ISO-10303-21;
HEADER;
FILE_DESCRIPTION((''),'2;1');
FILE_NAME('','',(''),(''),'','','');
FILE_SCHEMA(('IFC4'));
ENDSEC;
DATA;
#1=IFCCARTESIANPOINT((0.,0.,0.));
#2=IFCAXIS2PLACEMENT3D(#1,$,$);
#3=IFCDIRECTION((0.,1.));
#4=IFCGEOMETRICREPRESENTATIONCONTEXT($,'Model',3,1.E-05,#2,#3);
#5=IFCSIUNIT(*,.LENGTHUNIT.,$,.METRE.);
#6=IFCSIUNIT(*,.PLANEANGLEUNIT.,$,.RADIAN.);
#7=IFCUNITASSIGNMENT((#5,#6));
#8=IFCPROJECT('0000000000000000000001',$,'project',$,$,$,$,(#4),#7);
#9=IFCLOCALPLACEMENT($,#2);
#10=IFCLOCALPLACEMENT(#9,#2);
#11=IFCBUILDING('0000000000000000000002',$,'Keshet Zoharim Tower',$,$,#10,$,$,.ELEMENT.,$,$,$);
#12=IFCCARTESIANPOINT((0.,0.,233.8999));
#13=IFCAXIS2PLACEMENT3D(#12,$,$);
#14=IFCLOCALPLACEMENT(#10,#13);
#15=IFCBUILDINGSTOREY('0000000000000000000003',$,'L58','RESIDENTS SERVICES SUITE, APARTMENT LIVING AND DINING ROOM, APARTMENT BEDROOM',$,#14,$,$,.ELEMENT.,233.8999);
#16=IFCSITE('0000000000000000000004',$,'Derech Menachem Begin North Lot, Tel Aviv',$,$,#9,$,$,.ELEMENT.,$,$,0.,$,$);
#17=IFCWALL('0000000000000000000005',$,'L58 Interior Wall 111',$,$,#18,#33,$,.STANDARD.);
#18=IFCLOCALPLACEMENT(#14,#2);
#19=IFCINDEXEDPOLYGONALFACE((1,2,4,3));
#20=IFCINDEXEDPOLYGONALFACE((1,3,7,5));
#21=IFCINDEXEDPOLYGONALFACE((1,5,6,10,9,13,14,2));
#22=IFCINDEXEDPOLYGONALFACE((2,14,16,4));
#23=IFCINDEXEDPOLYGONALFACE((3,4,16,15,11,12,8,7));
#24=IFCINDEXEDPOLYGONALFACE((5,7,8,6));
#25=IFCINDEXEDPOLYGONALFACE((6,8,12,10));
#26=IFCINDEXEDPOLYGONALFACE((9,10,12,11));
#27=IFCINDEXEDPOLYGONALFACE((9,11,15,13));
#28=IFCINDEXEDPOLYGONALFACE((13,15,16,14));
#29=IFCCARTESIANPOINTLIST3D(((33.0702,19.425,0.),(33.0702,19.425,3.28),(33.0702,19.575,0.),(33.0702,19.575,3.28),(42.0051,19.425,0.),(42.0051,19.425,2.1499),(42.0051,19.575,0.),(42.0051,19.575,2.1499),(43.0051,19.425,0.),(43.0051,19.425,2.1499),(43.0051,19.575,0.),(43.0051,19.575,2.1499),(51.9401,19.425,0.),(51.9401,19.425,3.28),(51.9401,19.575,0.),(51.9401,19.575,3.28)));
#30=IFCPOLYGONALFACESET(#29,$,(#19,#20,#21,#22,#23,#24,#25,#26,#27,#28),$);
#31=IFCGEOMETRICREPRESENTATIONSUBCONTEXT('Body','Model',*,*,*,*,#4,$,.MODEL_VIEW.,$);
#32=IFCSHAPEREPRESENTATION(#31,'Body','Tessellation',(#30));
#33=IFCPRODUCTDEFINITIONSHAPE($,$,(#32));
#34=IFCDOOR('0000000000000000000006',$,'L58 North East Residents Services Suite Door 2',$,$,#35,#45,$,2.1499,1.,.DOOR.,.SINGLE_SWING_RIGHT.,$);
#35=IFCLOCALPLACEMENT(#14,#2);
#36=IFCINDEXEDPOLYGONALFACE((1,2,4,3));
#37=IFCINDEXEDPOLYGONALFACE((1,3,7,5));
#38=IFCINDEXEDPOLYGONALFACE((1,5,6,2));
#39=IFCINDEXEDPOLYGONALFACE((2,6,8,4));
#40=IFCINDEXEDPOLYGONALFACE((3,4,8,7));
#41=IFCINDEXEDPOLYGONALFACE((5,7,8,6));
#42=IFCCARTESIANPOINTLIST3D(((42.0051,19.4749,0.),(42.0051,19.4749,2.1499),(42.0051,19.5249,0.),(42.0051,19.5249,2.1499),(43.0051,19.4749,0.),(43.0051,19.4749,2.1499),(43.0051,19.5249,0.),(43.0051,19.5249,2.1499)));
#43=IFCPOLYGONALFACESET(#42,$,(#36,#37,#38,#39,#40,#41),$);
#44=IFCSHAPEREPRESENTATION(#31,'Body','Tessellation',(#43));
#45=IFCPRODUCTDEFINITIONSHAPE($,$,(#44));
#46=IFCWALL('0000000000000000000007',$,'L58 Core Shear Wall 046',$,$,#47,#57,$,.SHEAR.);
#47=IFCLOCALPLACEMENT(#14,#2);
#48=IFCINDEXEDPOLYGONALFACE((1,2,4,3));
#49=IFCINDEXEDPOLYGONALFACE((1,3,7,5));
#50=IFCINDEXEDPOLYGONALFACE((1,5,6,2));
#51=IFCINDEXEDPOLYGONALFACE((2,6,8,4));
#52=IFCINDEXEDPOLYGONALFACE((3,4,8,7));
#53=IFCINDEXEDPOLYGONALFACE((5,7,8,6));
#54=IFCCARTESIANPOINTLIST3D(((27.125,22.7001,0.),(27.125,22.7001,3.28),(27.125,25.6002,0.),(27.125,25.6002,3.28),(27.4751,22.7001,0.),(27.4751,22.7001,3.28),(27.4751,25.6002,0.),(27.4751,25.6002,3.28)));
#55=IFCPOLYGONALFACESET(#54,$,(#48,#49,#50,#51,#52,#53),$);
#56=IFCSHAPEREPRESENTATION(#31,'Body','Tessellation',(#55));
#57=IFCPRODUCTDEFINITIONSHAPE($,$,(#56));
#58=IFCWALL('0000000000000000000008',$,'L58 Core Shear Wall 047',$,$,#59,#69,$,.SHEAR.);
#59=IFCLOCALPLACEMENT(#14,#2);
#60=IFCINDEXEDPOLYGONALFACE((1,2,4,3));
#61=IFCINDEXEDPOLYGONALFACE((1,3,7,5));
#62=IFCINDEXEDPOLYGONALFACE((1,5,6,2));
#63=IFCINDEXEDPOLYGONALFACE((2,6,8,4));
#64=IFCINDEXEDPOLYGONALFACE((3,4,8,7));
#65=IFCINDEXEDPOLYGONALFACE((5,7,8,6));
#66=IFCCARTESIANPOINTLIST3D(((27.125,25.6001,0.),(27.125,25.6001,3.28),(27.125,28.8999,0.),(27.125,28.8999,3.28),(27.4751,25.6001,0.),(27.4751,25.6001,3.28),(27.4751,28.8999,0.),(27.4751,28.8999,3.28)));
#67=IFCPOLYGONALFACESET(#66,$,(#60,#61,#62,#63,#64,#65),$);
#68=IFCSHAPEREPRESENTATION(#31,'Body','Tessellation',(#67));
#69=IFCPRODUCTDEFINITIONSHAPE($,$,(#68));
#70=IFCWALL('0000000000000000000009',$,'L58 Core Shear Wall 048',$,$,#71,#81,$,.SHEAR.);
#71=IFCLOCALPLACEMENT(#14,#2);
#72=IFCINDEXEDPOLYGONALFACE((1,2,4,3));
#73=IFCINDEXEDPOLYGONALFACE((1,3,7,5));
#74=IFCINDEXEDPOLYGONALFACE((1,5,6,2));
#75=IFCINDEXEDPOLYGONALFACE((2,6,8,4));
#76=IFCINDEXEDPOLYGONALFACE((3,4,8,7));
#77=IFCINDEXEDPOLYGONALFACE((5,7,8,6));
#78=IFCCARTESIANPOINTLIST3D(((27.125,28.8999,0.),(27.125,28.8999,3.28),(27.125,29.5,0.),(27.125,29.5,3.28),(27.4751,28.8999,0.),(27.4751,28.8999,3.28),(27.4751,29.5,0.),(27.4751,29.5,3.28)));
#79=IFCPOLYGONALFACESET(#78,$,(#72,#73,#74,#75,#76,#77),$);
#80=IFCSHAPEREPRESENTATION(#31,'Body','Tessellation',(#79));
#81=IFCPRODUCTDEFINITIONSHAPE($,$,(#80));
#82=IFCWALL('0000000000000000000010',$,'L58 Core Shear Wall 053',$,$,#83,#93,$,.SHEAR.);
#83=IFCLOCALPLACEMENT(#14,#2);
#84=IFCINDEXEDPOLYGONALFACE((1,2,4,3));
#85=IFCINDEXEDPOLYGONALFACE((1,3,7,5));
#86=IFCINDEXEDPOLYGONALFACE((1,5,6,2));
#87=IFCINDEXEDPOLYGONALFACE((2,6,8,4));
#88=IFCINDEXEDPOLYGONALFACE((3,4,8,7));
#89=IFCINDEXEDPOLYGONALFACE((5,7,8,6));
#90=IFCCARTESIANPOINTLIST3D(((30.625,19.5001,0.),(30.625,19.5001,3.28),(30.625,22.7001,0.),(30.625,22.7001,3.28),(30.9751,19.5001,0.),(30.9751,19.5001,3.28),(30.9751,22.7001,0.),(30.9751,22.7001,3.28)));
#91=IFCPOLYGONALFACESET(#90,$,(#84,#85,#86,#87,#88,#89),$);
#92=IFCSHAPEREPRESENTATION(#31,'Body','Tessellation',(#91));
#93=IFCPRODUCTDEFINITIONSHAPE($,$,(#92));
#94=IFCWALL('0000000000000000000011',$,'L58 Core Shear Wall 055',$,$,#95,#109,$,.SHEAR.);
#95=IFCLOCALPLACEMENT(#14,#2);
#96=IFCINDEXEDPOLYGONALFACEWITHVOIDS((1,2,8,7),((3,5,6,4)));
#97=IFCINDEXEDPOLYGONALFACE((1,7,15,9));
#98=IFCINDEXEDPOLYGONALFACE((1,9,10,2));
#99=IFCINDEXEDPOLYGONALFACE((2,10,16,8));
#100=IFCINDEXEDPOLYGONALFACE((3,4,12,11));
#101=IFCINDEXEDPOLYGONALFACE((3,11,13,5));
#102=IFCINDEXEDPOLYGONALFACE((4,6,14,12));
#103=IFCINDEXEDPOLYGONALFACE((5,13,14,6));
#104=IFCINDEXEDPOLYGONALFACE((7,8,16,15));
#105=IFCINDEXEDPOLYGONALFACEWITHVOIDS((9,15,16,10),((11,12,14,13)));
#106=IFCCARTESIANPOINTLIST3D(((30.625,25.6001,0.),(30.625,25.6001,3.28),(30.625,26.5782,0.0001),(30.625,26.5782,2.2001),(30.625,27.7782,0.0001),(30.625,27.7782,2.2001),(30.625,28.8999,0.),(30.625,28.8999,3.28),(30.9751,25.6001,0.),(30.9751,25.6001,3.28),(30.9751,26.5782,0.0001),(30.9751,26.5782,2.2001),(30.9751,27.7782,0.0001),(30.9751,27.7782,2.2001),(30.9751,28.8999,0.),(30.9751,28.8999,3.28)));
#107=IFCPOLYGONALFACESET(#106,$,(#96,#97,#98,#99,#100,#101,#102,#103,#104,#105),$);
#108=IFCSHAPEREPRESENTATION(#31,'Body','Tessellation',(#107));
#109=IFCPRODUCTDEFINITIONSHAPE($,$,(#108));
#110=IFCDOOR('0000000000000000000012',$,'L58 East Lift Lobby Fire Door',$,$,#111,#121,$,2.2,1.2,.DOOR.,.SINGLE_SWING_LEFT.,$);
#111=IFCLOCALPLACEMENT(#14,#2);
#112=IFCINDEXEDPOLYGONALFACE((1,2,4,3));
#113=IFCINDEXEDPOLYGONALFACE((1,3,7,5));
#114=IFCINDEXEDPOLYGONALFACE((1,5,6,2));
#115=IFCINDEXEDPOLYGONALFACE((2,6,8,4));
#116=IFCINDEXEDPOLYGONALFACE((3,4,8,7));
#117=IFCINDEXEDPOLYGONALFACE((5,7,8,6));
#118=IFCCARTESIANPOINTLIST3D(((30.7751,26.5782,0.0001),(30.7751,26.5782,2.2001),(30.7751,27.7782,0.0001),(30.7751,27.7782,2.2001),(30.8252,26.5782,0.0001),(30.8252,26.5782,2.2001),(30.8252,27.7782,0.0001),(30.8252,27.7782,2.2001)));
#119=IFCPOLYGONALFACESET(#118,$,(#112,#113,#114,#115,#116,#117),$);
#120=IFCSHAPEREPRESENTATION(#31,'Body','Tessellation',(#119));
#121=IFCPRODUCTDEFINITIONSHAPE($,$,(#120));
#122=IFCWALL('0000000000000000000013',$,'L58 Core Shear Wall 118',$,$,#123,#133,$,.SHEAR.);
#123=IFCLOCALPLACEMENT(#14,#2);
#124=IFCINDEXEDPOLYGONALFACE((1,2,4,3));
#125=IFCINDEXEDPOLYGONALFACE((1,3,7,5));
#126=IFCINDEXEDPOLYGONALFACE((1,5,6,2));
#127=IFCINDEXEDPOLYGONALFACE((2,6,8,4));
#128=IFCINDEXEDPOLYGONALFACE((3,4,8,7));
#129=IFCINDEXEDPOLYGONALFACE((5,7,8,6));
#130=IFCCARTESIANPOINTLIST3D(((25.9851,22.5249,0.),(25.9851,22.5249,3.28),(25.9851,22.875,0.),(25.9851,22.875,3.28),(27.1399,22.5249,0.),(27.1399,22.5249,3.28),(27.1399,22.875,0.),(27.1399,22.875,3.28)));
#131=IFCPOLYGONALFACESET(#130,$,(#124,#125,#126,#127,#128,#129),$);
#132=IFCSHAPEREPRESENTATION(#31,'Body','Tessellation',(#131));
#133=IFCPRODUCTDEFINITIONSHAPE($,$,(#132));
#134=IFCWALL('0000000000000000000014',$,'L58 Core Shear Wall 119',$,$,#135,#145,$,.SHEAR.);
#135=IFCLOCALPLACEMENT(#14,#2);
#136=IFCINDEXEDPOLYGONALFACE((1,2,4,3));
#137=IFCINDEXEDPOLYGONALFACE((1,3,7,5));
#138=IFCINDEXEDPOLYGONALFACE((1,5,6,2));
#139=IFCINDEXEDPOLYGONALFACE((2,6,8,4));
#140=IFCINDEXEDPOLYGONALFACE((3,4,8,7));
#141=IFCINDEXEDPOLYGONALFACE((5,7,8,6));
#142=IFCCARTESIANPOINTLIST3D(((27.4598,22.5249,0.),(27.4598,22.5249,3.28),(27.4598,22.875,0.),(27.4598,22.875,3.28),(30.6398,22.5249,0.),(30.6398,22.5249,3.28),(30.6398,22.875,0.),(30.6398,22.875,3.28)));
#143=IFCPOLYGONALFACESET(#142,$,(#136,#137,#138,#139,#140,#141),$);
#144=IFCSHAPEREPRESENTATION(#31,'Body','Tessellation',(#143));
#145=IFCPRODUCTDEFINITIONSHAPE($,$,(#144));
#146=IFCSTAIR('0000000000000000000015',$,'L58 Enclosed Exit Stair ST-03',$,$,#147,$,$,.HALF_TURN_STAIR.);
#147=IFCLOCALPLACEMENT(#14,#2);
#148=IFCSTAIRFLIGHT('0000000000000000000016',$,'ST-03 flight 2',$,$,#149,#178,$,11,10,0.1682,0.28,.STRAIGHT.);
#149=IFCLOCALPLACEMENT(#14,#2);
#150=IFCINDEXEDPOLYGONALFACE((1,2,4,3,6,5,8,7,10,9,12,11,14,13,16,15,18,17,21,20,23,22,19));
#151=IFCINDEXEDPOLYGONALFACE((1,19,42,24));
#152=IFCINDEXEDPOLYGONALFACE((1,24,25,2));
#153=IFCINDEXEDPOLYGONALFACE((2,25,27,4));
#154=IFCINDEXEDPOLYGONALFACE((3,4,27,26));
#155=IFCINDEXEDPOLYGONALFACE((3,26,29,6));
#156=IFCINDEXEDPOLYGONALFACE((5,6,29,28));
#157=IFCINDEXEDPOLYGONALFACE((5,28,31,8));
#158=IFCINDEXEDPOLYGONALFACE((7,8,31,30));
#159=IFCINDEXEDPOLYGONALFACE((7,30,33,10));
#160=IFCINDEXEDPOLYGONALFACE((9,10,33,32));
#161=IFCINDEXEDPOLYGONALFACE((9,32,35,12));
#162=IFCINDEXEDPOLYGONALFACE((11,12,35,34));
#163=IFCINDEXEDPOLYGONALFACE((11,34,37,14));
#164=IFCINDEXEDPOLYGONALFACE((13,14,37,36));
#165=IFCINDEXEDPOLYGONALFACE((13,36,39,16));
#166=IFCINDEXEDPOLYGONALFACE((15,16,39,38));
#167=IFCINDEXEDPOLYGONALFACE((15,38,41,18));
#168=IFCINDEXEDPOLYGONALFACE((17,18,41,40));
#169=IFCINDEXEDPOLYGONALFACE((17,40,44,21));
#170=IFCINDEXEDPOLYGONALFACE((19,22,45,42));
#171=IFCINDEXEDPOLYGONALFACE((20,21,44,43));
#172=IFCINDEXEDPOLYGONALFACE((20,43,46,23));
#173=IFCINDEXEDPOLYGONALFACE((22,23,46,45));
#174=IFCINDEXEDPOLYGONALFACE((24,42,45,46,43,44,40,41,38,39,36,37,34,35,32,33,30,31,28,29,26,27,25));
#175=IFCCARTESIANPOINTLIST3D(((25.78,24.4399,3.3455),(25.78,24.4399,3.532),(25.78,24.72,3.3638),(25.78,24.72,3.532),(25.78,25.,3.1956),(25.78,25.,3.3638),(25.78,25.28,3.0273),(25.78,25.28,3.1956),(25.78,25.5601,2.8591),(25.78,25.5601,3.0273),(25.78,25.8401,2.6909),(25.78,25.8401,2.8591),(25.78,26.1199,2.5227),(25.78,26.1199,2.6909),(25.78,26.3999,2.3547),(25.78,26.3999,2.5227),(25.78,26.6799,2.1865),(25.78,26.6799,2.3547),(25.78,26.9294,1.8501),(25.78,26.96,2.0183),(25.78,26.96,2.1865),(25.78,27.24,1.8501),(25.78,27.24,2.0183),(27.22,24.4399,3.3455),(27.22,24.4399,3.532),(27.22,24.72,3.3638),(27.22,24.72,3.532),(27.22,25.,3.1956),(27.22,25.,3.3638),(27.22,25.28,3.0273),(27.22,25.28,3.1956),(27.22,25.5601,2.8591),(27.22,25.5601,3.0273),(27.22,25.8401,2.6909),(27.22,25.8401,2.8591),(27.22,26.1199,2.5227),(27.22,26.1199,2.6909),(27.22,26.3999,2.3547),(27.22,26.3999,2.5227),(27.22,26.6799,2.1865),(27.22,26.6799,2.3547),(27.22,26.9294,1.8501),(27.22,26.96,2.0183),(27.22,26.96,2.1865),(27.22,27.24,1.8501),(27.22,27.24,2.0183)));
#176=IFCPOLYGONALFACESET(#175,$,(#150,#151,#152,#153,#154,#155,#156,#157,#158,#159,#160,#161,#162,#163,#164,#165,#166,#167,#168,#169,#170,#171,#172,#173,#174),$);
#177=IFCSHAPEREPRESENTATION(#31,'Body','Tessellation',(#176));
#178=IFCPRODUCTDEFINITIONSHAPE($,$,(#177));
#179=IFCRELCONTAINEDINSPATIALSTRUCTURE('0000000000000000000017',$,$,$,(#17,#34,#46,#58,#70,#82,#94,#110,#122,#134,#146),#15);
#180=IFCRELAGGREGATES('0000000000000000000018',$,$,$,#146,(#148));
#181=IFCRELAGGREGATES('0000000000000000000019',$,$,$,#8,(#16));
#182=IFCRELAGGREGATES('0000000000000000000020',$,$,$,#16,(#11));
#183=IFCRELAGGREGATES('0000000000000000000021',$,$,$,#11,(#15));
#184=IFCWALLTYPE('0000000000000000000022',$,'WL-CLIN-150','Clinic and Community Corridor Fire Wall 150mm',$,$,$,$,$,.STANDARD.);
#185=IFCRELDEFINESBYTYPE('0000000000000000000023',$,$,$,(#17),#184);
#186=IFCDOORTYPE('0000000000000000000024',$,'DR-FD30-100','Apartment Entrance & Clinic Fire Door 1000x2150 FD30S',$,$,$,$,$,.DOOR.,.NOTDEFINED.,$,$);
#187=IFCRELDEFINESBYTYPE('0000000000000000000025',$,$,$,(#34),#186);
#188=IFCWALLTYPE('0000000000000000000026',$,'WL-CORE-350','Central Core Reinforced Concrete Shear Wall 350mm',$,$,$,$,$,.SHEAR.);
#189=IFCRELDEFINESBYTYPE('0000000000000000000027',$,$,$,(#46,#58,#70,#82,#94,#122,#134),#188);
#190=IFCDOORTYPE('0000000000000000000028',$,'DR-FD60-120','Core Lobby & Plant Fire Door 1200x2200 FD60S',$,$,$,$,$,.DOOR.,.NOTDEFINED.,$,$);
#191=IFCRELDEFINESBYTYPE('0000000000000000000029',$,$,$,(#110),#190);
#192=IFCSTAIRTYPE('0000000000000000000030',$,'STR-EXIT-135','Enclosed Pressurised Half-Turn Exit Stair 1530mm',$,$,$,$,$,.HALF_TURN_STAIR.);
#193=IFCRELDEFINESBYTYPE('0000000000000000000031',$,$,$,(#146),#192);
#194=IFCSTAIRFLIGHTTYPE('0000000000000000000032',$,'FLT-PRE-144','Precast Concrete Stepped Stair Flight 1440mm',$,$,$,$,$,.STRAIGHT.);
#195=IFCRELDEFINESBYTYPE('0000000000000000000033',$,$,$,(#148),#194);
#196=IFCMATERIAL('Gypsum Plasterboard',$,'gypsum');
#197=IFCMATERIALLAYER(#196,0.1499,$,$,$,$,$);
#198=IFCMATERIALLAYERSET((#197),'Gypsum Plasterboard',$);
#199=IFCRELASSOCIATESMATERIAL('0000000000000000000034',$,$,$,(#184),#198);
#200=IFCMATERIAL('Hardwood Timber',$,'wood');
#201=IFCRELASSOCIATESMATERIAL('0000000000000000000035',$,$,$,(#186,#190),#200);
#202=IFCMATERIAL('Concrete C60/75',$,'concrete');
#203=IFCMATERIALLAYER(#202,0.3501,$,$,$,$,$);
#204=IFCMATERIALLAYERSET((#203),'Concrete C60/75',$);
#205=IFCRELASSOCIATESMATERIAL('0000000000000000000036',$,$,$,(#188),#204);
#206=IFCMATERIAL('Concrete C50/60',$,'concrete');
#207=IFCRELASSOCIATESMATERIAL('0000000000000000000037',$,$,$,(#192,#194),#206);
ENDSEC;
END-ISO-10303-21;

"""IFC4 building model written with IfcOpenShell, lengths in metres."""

from ifc_helpers import new_model, si_unit, direction, frame, frame_2d, origin, place, context, subcontext, project, spatial, polyline, rectangle, outline, extrude, material, layer, layer_set, type_object, element, fill, aggregate, save


model = new_model("IFC4")

# Units and contexts
model_context = context("Model", 3, precision=1e-05, world=origin(), true_north=direction((0.0, 1.0)))
body_context = subcontext(model_context, "Body", "Model", "MODEL_VIEW")
ifc_project = project(units=[si_unit("LENGTHUNIT", "METRE"), si_unit("PLANEANGLEUNIT", "RADIAN")], contexts=[model_context])

# Site, building, storey
site_placement = place(None, origin())
site = spatial("IfcSite", under=ifc_project, at=site_placement, Name="Derech Menachem Begin North Lot, Tel Aviv", CompositionType="ELEMENT", RefElevation=0.0)
building_placement = place(site_placement, origin())
building = spatial("IfcBuilding", under=site, at=building_placement, Name="Keshet Zoharim Tower", CompositionType="ELEMENT")
storey_placement = place(building_placement, frame((0.0, 0.0, 233.8999)))
storey = spatial("IfcBuildingStorey", under=building, at=storey_placement, Name="L58", Description="RESIDENTS SERVICES SUITE, APARTMENT LIVING AND DINING ROOM, APARTMENT BEDROOM", CompositionType="ELEMENT", Elevation=233.8999)

# Shared definitions
ifc_material_1 = material(Name="Concrete C50/60", Category="concrete")

# Shared definitions
ifc_material_2 = material(Name="Gypsum Plasterboard", Category="gypsum")
ifc_layer_1 = layer(ifc_material_2, 0.1499)
ifc_layer_set_1 = layer_set([ifc_layer_1], Name="Gypsum Plasterboard")
wall_type_1 = type_object("IfcWallType", Name="WL-CLIN-150", Description="Clinic and Community Corridor Fire Wall 150mm", PredefinedType="STANDARD", material=ifc_layer_set_1)

# Wall, opening, door
ifc_material_3 = material(Name="Hardwood Timber", Category="wood")
door_type_1 = type_object("IfcDoorType", Name="DR-FD30-100", Description="Apartment Entrance & Clinic Fire Door 1000x2150 FD30S", OperationType="NOTDEFINED", PredefinedType="DOOR", material=ifc_material_3)
wall_1_placement = place(storey_placement, frame((33.0701, 19.5, 0.0), z_axis=(0.0, 0.0, 1.0), x_axis=(1.0, 0.0, 0.0)))
wall_1 = element("IfcWall", 1, at=wall_1_placement, inside=storey, type_object=wall_type_1, Name="L58 Interior Wall 111", PredefinedType="STANDARD", context=body_context, shape_type="SweptSolid", body=[
    extrude(rectangle(XDim=18.8699, YDim=0.1499, at=frame_2d((9.4351, 0.0))), origin(), (0.0, 0.0, 1.0), 3.28),
])
opening_1_placement = place(wall_1_placement, frame((8.9351, 0.0, 0.0)))
opening_1 = element("IfcOpeningElement", 2, at=opening_1_placement, cuts=wall_1, PredefinedType="OPENING", context=body_context, shape_type="SweptSolid", body=[
    extrude(rectangle(XDim=1.0, YDim=2.1499, at=frame_2d((0.5, 1.075))), frame((0.0, 0.085, 0.0), z_axis=(0.0, -1.0, 0.0), x_axis=(1.0, 0.0, 0.0)), (0.0, 0.0, 1.0), 0.1699),
])
door_1_placement = place(opening_1_placement, origin())
door_1 = element("IfcDoor", 3, at=door_1_placement, inside=storey, type_object=door_type_1, Name="L58 North East Residents Services Suite Door 2", OperationType="SINGLE_SWING_RIGHT", OverallHeight=2.1499, OverallWidth=1.0, PredefinedType="DOOR", context=body_context, shape_type="SweptSolid", body=[
    extrude(rectangle(XDim=1.0, YDim=2.1499, at=frame_2d((0.5, 1.075))), frame((0.0, 0.0249, 0.0), z_axis=(0.0, -1.0, 0.0), x_axis=(1.0, 0.0, 0.0)), (0.0, 0.0, 1.0), 0.05),
])
fill(opening_1, door_1)

# Walls
ifc_material_4 = material(Name="Concrete C60/75", Category="concrete")
ifc_layer_2 = layer(ifc_material_4, 0.3501)
ifc_layer_set_2 = layer_set([ifc_layer_2], Name="Concrete C60/75")
wall_type_2 = type_object("IfcWallType", Name="WL-CORE-350", Description="Central Core Reinforced Concrete Shear Wall 350mm", PredefinedType="SHEAR", material=ifc_layer_set_2)
wall_2_placement = place(storey_placement, frame((27.3, 22.7, 0.0), z_axis=(0.0, 0.0, 1.0), x_axis=(0.0, 1.0, 0.0)))
element("IfcWall", 4, at=wall_2_placement, inside=storey, type_object=wall_type_2, Name="L58 Core Shear Wall 046", PredefinedType="SHEAR", context=body_context, shape_type="SweptSolid", body=[
    extrude(rectangle(XDim=2.9001, YDim=0.3501, at=frame_2d((1.4502, 0.0))), origin(), (0.0, 0.0, 1.0), 3.28),
])
wall_3_placement = place(storey_placement, frame((27.3, 25.6001, 0.0), z_axis=(0.0, 0.0, 1.0), x_axis=(0.0, 1.0, 0.0)))
element("IfcWall", 5, at=wall_3_placement, inside=storey, type_object=wall_type_2, Name="L58 Core Shear Wall 047", PredefinedType="SHEAR", context=body_context, shape_type="SweptSolid", body=[
    extrude(rectangle(XDim=3.2998, YDim=0.3501, at=frame_2d((1.6499, 0.0))), origin(), (0.0, 0.0, 1.0), 3.28),
])
wall_4_placement = place(storey_placement, frame((27.3, 28.8999, 0.0), z_axis=(0.0, 0.0, 1.0), x_axis=(0.0, 1.0, 0.0)))
element("IfcWall", 6, at=wall_4_placement, inside=storey, type_object=wall_type_2, Name="L58 Core Shear Wall 048", PredefinedType="SHEAR", context=body_context, shape_type="SweptSolid", body=[
    extrude(rectangle(XDim=0.6001, YDim=0.3501, at=frame_2d((0.3, 0.0))), origin(), (0.0, 0.0, 1.0), 3.28),
])
wall_5_placement = place(storey_placement, frame((30.8, 19.5, 0.0), z_axis=(0.0, 0.0, 1.0), x_axis=(0.0, 1.0, 0.0)))
element("IfcWall", 7, at=wall_5_placement, inside=storey, type_object=wall_type_2, Name="L58 Core Shear Wall 053", PredefinedType="SHEAR", context=body_context, shape_type="SweptSolid", body=[
    extrude(rectangle(XDim=3.2, YDim=0.3501, at=frame_2d((1.6001, 0.0))), origin(), (0.0, 0.0, 1.0), 3.28),
])

# Wall, opening, door
wall_6_placement = place(storey_placement, frame((30.8, 25.6001, 0.0), z_axis=(0.0, 0.0, 1.0), x_axis=(0.0, 1.0, 0.0)))
wall_6 = element("IfcWall", 8, at=wall_6_placement, inside=storey, type_object=wall_type_2, Name="L58 Core Shear Wall 055", PredefinedType="SHEAR", context=body_context, shape_type="SweptSolid", body=[
    extrude(rectangle(XDim=3.2998, YDim=0.3501, at=frame_2d((1.6499, 0.0))), origin(), (0.0, 0.0, 1.0), 3.28),
])
opening_2_placement = place(wall_6_placement, frame((0.978, 0.0, 0.0)))
opening_2 = element("IfcOpeningElement", 9, at=opening_2_placement, cuts=wall_6, PredefinedType="OPENING", context=body_context, shape_type="SweptSolid", body=[
    extrude(rectangle(XDim=1.2, YDim=2.2, at=frame_2d((0.6001, 1.1001))), frame((0.0, 0.1851, 0.0), z_axis=(0.0, -1.0, 0.0), x_axis=(1.0, 0.0, 0.0)), (0.0, 0.0, 1.0), 0.3701),
])
door_type_2 = type_object("IfcDoorType", Name="DR-FD60-120", Description="Core Lobby & Plant Fire Door 1200x2200 FD60S", OperationType="NOTDEFINED", PredefinedType="DOOR", material=ifc_material_3)
door_2_placement = place(opening_2_placement, origin())
door_2 = element("IfcDoor", 10, at=door_2_placement, inside=storey, type_object=door_type_2, Name="L58 East Lift Lobby Fire Door", OperationType="SINGLE_SWING_LEFT", OverallHeight=2.2, OverallWidth=1.2, PredefinedType="DOOR", context=body_context, shape_type="SweptSolid", body=[
    extrude(rectangle(XDim=1.2, YDim=2.2, at=frame_2d((0.6001, 1.1001))), frame((0.0, 0.0249, 0.0), z_axis=(0.0, -1.0, 0.0), x_axis=(1.0, 0.0, 0.0)), (0.0, 0.0, 1.0), 0.05),
])
fill(opening_2, door_2)

# Walls
wall_7_placement = place(storey_placement, frame((25.9851, 22.7, 0.0), z_axis=(0.0, 0.0, 1.0), x_axis=(1.0, 0.0, 0.0)))
element("IfcWall", 11, at=wall_7_placement, inside=storey, type_object=wall_type_2, Name="L58 Core Shear Wall 118", PredefinedType="SHEAR", context=body_context, shape_type="SweptSolid", body=[
    extrude(rectangle(XDim=1.1548, YDim=0.3501, at=frame_2d((0.5774, 0.0))), origin(), (0.0, 0.0, 1.0), 3.28),
])
wall_8_placement = place(storey_placement, frame((27.46, 22.7, 0.0), z_axis=(0.0, 0.0, 1.0), x_axis=(1.0, 0.0, 0.0)))
element("IfcWall", 12, at=wall_8_placement, inside=storey, type_object=wall_type_2, Name="L58 Core Shear Wall 119", PredefinedType="SHEAR", context=body_context, shape_type="SweptSolid", body=[
    extrude(rectangle(XDim=3.1799, YDim=0.3501, at=frame_2d((1.5898, 0.0))), origin(), (0.0, 0.0, 1.0), 3.28),
])

# Stair, stair flight
stair_type = type_object("IfcStairType", Name="STR-EXIT-135", Description="Enclosed Pressurised Half-Turn Exit Stair 1530mm", PredefinedType="HALF_TURN_STAIR", material=ifc_material_1)
stair_placement = place(storey_placement, origin())
stair = element("IfcStair", 13, at=stair_placement, inside=storey, type_object=stair_type, Name="L58 Enclosed Exit Stair ST-03", PredefinedType="HALF_TURN_STAIR")
stair_flight_type = type_object("IfcStairFlightType", Name="FLT-PRE-144", Description="Precast Concrete Stepped Stair Flight 1440mm", PredefinedType="STRAIGHT", material=ifc_material_1)
stair_flight_placement = place(storey_placement, frame((26.5, 27.24, 1.8501), z_axis=(0.0, 0.0, 1.0), x_axis=(0.0, -1.0, 0.0)))
stair_flight = element("IfcStairFlight", 14, at=stair_flight_placement, type_object=stair_flight_type, Name="ST-03 flight 2", NumberOfRisers=11, NumberOfTreads=10, PredefinedType="STRAIGHT", RiserHeight=0.1682, TreadLength=0.28, context=body_context, shape_type="SweptSolid", body=[
    extrude(outline(polyline([(0.0, 0.0), (0.0, 0.1682), (0.28, 0.1682), (0.28, 0.3364), (0.5601, 0.3364), (0.5601, 0.5046), (0.8401, 0.5046), (0.8401, 0.6726), (1.1201, 0.6726), (1.1201, 0.8408), (1.3999, 0.8408), (1.3999, 1.009), (1.6799, 1.009), (1.6799, 1.1772), (1.96, 1.1772), (1.96, 1.3455), (2.24, 1.3455), (2.24, 1.5137), (2.52, 1.5137), (2.52, 1.6819), (2.8, 1.6819), (2.8, 1.8501), (2.8, 1.4954), (0.3105, 0.0), (0.0, 0.0)])), frame((0.0, 0.72, 0.0), z_axis=(0.0, -1.0, 0.0), x_axis=(1.0, 0.0, 0.0)), (0.0, 0.0, 1.0), 1.4399),
])
aggregate(stair, [stair_flight])

save(model, "model.ifc")
